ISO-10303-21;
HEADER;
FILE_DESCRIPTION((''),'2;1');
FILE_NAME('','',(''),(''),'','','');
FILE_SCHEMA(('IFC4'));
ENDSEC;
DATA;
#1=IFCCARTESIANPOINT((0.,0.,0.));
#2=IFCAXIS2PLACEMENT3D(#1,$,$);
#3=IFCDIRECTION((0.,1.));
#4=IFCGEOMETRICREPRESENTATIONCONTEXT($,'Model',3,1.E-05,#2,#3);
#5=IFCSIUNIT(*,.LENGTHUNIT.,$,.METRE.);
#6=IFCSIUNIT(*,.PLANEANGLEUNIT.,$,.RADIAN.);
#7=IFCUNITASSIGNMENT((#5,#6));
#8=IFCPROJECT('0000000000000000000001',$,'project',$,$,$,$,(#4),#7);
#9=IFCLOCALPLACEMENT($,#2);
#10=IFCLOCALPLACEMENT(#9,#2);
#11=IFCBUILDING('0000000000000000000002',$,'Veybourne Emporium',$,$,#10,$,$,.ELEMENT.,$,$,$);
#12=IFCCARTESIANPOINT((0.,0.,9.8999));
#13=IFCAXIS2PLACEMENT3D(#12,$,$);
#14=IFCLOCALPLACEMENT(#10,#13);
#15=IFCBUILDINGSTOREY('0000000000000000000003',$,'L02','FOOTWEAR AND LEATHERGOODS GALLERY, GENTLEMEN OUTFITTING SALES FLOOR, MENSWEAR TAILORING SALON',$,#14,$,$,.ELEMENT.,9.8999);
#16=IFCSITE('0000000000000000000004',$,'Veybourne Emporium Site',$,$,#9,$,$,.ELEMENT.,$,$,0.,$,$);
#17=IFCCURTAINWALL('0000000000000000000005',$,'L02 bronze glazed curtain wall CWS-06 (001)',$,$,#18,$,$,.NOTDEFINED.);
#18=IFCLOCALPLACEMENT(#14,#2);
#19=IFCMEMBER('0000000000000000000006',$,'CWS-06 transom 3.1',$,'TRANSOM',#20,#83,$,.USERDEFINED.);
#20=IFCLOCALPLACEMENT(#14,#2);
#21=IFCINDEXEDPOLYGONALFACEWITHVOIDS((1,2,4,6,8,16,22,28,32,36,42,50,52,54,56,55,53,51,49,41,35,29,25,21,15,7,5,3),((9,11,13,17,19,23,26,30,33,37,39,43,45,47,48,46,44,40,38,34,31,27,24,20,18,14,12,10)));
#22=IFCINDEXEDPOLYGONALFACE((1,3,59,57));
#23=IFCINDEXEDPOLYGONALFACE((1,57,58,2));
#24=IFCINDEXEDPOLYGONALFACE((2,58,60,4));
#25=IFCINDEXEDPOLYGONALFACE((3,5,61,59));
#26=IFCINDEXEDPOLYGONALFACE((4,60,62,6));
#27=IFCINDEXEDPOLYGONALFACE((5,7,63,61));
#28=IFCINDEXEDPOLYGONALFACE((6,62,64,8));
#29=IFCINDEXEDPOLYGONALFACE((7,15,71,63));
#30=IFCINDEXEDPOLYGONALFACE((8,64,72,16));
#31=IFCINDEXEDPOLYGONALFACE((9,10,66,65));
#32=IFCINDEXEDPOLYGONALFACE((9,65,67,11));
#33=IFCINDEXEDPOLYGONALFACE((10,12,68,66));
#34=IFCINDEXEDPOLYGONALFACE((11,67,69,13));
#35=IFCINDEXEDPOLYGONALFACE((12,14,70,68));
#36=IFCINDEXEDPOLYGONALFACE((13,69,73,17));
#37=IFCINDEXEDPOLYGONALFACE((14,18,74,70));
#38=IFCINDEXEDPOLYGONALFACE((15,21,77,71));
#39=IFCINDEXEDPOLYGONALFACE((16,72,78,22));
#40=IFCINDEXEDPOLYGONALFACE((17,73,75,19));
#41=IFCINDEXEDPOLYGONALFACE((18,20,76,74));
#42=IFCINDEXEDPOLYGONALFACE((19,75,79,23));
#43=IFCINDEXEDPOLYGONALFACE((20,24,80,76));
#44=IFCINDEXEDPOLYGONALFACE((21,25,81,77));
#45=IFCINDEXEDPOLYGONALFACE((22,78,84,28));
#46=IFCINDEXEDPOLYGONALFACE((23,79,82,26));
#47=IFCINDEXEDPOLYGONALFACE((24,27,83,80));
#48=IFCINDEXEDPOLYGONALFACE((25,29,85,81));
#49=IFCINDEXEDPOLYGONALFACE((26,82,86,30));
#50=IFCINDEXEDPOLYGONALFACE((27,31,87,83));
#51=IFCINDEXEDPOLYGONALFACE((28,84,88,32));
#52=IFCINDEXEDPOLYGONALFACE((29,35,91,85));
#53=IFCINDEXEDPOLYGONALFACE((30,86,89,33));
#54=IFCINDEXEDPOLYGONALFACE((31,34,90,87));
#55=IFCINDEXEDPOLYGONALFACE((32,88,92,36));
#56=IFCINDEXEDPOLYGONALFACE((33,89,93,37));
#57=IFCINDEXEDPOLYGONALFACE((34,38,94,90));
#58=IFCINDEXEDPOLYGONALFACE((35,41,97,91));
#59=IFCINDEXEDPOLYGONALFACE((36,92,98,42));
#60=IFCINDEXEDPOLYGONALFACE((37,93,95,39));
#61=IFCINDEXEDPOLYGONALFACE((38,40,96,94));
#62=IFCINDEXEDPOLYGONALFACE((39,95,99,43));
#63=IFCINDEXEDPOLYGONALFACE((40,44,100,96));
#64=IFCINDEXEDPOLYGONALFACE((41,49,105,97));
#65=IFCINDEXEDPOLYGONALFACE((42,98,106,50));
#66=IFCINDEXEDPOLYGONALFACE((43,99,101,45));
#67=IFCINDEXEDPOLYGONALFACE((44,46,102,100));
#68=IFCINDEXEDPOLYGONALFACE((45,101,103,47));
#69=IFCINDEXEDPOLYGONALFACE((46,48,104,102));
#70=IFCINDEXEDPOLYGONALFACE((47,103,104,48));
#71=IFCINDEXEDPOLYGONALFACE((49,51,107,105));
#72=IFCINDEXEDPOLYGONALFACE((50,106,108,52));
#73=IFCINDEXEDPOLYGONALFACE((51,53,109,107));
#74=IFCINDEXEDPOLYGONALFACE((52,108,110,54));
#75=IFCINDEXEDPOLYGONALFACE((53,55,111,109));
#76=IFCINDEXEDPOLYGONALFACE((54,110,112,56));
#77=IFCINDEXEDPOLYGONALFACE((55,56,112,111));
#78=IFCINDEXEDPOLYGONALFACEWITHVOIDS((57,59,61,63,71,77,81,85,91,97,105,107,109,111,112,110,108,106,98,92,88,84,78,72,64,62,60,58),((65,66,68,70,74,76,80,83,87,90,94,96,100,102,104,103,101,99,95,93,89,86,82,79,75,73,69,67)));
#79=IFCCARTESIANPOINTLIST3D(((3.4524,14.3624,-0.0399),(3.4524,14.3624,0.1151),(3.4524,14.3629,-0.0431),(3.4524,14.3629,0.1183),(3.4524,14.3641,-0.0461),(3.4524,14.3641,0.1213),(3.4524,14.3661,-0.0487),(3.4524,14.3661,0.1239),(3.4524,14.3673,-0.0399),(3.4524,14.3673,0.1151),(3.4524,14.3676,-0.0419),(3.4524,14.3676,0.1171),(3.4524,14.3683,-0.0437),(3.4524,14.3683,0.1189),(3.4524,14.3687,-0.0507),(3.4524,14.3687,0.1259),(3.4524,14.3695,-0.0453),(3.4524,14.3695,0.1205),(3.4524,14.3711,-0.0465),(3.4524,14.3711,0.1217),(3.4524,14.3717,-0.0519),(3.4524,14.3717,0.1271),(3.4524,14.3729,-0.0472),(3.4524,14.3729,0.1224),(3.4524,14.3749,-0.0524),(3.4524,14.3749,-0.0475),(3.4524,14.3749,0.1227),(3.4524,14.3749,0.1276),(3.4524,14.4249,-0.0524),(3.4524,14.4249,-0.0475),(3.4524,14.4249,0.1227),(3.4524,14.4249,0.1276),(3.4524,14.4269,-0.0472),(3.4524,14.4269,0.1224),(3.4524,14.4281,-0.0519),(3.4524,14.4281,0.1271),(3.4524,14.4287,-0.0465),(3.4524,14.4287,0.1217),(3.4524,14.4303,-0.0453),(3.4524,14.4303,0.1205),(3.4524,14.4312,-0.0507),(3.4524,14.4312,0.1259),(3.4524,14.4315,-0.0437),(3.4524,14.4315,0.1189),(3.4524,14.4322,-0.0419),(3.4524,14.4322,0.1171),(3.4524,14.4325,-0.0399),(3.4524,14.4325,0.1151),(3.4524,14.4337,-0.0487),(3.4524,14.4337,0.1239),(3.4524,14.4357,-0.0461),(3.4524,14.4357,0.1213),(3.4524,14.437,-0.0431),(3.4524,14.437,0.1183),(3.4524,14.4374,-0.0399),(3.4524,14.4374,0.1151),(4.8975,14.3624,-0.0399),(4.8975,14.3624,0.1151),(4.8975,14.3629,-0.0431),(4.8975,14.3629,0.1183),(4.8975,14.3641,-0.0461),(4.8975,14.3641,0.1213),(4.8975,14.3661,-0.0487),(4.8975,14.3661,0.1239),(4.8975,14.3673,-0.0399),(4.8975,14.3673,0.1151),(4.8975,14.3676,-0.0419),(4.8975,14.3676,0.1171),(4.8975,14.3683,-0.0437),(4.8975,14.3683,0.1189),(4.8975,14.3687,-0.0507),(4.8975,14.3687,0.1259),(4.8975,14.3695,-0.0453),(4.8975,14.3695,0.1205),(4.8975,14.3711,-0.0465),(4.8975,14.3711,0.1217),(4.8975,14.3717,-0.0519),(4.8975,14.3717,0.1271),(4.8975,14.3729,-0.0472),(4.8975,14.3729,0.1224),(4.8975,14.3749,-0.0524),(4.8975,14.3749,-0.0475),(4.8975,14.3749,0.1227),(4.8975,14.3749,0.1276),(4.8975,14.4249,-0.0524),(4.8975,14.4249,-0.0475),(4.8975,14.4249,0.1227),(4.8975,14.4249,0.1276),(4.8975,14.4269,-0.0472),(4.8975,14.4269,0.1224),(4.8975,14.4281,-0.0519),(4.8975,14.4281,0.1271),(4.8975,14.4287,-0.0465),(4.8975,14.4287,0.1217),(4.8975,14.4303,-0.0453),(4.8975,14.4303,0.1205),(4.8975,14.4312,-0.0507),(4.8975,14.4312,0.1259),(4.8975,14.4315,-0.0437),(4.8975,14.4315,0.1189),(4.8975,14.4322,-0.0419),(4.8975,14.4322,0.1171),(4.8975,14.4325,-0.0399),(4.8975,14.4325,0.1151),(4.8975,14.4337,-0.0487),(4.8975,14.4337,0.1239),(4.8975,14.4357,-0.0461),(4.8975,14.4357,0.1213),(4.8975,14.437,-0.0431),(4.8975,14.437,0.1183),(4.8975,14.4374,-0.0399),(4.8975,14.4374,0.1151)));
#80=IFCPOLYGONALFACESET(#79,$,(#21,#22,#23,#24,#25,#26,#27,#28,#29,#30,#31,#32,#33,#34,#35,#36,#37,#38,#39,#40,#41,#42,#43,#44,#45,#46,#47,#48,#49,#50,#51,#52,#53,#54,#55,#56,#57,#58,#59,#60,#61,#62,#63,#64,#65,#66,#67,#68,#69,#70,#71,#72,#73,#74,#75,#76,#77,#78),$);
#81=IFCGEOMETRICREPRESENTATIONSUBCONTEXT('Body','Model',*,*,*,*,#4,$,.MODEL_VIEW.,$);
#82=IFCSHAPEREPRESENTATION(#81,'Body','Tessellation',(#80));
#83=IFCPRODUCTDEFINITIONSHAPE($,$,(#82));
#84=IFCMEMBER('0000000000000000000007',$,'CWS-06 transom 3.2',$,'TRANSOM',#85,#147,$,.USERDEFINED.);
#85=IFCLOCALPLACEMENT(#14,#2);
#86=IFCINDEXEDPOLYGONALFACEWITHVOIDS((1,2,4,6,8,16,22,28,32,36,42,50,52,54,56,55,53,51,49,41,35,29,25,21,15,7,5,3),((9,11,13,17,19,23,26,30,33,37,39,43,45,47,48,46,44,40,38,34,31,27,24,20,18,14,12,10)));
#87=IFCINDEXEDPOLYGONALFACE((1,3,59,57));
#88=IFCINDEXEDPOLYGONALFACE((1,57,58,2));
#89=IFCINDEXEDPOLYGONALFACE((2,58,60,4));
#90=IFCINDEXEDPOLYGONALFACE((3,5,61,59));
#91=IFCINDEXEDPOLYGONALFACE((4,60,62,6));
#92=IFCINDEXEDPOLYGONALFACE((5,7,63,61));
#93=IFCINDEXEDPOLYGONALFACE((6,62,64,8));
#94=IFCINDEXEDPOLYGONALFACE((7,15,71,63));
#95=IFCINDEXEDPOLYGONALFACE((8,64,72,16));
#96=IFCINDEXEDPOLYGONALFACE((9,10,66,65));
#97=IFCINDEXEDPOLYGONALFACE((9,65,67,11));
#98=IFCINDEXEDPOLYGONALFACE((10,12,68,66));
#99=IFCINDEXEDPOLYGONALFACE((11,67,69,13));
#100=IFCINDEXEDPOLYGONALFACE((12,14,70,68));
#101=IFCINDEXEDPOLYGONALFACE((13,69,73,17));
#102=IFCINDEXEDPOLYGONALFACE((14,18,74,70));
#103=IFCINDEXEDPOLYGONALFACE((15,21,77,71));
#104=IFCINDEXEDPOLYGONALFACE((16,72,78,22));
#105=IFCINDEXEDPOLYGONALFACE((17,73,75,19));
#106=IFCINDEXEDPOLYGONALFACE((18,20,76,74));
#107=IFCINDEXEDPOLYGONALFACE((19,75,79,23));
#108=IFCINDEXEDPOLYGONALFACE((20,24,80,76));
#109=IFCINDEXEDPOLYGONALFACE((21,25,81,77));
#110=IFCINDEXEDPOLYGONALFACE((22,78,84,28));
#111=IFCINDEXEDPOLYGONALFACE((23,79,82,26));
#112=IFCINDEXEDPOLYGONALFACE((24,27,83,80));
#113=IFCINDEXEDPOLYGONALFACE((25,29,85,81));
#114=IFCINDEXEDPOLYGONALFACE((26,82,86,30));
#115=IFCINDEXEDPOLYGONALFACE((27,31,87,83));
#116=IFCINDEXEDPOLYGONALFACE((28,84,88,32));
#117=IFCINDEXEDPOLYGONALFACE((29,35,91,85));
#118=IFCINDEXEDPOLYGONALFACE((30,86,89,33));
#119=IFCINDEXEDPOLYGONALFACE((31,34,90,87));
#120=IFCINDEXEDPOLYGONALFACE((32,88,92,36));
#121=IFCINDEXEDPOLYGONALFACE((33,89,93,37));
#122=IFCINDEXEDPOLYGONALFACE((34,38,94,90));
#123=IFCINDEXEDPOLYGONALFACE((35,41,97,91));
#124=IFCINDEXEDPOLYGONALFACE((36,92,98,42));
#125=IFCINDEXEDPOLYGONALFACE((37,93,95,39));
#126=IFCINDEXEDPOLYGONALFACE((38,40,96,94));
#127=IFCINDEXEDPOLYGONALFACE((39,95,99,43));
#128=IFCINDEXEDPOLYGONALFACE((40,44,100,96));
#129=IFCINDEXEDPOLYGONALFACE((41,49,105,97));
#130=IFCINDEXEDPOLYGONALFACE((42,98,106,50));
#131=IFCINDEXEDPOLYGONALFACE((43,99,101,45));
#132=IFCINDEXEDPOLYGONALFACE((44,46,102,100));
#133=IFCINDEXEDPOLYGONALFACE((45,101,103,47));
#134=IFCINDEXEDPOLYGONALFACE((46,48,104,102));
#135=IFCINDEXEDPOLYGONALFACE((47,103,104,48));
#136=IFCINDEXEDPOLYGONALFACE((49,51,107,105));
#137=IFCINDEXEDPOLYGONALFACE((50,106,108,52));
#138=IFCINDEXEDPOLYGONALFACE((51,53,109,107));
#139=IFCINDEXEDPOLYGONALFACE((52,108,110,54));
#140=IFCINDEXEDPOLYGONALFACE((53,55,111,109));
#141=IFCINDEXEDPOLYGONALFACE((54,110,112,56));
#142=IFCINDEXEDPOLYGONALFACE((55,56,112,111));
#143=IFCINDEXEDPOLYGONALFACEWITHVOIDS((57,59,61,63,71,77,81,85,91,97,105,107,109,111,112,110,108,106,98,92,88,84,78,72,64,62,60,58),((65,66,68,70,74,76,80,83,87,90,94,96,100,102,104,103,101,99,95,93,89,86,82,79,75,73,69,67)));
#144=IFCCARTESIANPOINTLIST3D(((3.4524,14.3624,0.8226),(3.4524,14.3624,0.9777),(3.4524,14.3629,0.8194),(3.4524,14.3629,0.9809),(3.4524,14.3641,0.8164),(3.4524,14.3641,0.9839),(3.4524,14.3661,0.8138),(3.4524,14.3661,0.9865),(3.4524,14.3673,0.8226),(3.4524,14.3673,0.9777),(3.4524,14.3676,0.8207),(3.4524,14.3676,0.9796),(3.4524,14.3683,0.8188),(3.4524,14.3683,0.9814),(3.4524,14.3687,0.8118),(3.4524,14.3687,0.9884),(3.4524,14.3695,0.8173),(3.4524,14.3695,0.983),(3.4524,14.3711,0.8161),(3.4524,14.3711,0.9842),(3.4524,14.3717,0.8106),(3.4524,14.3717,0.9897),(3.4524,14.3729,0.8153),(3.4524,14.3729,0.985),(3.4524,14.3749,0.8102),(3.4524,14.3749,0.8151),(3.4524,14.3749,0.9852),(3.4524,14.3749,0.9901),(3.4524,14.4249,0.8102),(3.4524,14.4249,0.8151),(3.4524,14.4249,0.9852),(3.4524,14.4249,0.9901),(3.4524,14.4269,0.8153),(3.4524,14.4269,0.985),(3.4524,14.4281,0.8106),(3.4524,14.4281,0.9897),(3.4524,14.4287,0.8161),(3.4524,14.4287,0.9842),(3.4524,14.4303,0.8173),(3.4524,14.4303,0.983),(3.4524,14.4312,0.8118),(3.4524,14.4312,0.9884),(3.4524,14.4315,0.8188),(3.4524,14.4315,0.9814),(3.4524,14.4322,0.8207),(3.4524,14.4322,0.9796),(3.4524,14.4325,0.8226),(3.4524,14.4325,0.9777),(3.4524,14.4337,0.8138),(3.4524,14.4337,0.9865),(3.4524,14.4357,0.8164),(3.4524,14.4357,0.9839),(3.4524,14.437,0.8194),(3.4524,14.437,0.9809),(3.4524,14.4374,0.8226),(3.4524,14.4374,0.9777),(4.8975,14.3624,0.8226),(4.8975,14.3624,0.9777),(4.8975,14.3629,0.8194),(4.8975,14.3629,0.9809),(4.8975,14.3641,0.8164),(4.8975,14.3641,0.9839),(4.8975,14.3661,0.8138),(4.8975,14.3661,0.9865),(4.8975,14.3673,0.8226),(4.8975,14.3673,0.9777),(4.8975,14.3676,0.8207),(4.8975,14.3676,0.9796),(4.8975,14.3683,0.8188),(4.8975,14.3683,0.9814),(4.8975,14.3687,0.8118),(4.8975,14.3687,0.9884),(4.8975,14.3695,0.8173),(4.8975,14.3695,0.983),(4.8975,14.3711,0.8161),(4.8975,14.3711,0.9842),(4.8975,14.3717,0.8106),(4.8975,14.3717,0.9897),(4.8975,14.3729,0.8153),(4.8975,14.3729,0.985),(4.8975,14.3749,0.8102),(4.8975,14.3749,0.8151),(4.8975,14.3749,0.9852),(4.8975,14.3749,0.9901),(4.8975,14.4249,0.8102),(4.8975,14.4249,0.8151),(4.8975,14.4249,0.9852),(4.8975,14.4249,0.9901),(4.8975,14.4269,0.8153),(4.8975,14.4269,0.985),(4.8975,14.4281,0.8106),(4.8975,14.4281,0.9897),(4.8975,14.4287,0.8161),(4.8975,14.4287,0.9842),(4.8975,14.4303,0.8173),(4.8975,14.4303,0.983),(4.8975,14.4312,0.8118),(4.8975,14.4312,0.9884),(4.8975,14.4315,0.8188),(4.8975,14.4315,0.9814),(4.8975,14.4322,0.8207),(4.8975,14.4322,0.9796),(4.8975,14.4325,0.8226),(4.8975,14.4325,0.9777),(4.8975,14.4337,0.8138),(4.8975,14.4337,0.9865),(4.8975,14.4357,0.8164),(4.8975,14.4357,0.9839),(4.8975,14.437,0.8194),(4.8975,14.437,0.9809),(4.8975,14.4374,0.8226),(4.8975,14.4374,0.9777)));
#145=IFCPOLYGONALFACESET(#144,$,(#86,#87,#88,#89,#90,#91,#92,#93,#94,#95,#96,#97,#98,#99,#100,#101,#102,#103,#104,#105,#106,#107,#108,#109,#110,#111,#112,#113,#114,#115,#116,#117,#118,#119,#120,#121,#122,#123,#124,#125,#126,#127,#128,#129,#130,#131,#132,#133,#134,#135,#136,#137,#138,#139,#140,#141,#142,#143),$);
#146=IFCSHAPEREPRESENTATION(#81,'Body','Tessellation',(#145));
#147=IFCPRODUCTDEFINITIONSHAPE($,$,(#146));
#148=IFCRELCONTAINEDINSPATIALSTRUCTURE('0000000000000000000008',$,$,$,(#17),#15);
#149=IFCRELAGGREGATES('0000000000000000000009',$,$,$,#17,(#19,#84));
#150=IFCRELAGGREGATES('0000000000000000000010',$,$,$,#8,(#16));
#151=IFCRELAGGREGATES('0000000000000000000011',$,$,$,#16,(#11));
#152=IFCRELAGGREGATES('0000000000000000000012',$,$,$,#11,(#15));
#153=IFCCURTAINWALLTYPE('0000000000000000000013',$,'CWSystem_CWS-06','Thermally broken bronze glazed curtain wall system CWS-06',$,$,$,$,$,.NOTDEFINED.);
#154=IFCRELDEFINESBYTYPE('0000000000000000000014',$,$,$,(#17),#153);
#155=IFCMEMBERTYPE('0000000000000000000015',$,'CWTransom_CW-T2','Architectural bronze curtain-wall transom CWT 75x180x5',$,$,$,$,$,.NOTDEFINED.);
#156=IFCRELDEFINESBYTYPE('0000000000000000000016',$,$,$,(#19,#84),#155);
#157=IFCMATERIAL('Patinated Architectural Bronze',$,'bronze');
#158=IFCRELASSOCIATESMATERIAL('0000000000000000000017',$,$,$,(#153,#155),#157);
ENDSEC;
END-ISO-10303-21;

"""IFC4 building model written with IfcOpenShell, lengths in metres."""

from ifc_helpers import new_model, si_unit, direction, frame, origin, origin_2d, place, context, subcontext, project, spatial, hollow_rectangle, extrude, material, material_profile, profile_set, type_object, element, aggregate, save


model = new_model("IFC4")

# Units and contexts
model_context = context("Model", 3, precision=1e-05, world=origin(), true_north=direction((0.0, 1.0)))
body_context = subcontext(model_context, "Body", "Model", "MODEL_VIEW")
ifc_project = project(units=[si_unit("LENGTHUNIT", "METRE"), si_unit("PLANEANGLEUNIT", "RADIAN")], contexts=[model_context])

# Site, building, storey
site_placement = place(None, origin())
site = spatial("IfcSite", under=ifc_project, at=site_placement, Name="Veybourne Emporium Site", CompositionType="ELEMENT", RefElevation=0.0)
building_placement = place(site_placement, origin())
building = spatial("IfcBuilding", under=site, at=building_placement, Name="Veybourne Emporium", CompositionType="ELEMENT")
storey_placement = place(building_placement, frame((0.0, 0.0, 9.8999)))
storey = spatial("IfcBuildingStorey", under=building, at=storey_placement, Name="L02", Description="FOOTWEAR AND LEATHERGOODS GALLERY, GENTLEMEN OUTFITTING SALES FLOOR, MENSWEAR TAILORING SALON", CompositionType="ELEMENT", Elevation=9.8999)

# Curtain wall, members
ifc_material_1 = material(Name="Patinated Architectural Bronze", Category="bronze")
curtain_wall_type = type_object("IfcCurtainWallType", Name="CWSystem_CWS-06", Description="Thermally broken bronze glazed curtain wall system CWS-06", PredefinedType="NOTDEFINED", material=ifc_material_1)
curtain_wall_placement = place(storey_placement, origin())
curtain_wall = element("IfcCurtainWall", 1, at=curtain_wall_placement, inside=storey, type_object=curtain_wall_type, Name="L02 bronze glazed curtain wall CWS-06 (001)", PredefinedType="NOTDEFINED")
ifc_material_profile_1 = material_profile(ifc_material_1, hollow_rectangle(XDim=0.075, YDim=0.1799, WallThickness=0.0049, InnerFilletRadius=0.0076, OuterFilletRadius=0.0125, at=origin_2d()), Name="CWT 75x180x5")
ifc_profile_set_1 = profile_set([ifc_material_profile_1], Name="Patinated Architectural Bronze")
member_type_1 = type_object("IfcMemberType", Name="CWTransom_CW-T2", Description="Architectural bronze curtain-wall transom CWT 75x180x5", PredefinedType="NOTDEFINED", material=ifc_profile_set_1)
member_1_placement = place(storey_placement, frame((4.8975, 14.3999, 0.0376), z_axis=(-1.0, 0.0, 0.0), x_axis=(0.0, -1.0, 0.0)))
member_1 = element("IfcMember", 2, at=member_1_placement, type_object=member_type_1, Name="CWS-06 transom 3.1", ObjectType="TRANSOM", PredefinedType="USERDEFINED", context=body_context, shape_type="SweptSolid", body=[
    extrude(hollow_rectangle(XDim=0.075, YDim=0.1799, WallThickness=0.0049, InnerFilletRadius=0.0076, OuterFilletRadius=0.0125, at=origin_2d()), origin(), (0.0, 0.0, 1.0), 1.4451),
])
member_2_placement = place(storey_placement, frame((4.8975, 14.3999, 0.9001), z_axis=(-1.0, 0.0, 0.0), x_axis=(0.0, -1.0, 0.0)))
member_2 = element("IfcMember", 3, at=member_2_placement, type_object=member_type_1, Name="CWS-06 transom 3.2", ObjectType="TRANSOM", PredefinedType="USERDEFINED", context=body_context, shape_type="SweptSolid", body=[
    extrude(hollow_rectangle(XDim=0.075, YDim=0.1799, WallThickness=0.0049, InnerFilletRadius=0.0076, OuterFilletRadius=0.0125, at=origin_2d()), origin(), (0.0, 0.0, 1.0), 1.4451),
])

aggregate(curtain_wall, [member_1, member_2])

save(model, "model.ifc")
